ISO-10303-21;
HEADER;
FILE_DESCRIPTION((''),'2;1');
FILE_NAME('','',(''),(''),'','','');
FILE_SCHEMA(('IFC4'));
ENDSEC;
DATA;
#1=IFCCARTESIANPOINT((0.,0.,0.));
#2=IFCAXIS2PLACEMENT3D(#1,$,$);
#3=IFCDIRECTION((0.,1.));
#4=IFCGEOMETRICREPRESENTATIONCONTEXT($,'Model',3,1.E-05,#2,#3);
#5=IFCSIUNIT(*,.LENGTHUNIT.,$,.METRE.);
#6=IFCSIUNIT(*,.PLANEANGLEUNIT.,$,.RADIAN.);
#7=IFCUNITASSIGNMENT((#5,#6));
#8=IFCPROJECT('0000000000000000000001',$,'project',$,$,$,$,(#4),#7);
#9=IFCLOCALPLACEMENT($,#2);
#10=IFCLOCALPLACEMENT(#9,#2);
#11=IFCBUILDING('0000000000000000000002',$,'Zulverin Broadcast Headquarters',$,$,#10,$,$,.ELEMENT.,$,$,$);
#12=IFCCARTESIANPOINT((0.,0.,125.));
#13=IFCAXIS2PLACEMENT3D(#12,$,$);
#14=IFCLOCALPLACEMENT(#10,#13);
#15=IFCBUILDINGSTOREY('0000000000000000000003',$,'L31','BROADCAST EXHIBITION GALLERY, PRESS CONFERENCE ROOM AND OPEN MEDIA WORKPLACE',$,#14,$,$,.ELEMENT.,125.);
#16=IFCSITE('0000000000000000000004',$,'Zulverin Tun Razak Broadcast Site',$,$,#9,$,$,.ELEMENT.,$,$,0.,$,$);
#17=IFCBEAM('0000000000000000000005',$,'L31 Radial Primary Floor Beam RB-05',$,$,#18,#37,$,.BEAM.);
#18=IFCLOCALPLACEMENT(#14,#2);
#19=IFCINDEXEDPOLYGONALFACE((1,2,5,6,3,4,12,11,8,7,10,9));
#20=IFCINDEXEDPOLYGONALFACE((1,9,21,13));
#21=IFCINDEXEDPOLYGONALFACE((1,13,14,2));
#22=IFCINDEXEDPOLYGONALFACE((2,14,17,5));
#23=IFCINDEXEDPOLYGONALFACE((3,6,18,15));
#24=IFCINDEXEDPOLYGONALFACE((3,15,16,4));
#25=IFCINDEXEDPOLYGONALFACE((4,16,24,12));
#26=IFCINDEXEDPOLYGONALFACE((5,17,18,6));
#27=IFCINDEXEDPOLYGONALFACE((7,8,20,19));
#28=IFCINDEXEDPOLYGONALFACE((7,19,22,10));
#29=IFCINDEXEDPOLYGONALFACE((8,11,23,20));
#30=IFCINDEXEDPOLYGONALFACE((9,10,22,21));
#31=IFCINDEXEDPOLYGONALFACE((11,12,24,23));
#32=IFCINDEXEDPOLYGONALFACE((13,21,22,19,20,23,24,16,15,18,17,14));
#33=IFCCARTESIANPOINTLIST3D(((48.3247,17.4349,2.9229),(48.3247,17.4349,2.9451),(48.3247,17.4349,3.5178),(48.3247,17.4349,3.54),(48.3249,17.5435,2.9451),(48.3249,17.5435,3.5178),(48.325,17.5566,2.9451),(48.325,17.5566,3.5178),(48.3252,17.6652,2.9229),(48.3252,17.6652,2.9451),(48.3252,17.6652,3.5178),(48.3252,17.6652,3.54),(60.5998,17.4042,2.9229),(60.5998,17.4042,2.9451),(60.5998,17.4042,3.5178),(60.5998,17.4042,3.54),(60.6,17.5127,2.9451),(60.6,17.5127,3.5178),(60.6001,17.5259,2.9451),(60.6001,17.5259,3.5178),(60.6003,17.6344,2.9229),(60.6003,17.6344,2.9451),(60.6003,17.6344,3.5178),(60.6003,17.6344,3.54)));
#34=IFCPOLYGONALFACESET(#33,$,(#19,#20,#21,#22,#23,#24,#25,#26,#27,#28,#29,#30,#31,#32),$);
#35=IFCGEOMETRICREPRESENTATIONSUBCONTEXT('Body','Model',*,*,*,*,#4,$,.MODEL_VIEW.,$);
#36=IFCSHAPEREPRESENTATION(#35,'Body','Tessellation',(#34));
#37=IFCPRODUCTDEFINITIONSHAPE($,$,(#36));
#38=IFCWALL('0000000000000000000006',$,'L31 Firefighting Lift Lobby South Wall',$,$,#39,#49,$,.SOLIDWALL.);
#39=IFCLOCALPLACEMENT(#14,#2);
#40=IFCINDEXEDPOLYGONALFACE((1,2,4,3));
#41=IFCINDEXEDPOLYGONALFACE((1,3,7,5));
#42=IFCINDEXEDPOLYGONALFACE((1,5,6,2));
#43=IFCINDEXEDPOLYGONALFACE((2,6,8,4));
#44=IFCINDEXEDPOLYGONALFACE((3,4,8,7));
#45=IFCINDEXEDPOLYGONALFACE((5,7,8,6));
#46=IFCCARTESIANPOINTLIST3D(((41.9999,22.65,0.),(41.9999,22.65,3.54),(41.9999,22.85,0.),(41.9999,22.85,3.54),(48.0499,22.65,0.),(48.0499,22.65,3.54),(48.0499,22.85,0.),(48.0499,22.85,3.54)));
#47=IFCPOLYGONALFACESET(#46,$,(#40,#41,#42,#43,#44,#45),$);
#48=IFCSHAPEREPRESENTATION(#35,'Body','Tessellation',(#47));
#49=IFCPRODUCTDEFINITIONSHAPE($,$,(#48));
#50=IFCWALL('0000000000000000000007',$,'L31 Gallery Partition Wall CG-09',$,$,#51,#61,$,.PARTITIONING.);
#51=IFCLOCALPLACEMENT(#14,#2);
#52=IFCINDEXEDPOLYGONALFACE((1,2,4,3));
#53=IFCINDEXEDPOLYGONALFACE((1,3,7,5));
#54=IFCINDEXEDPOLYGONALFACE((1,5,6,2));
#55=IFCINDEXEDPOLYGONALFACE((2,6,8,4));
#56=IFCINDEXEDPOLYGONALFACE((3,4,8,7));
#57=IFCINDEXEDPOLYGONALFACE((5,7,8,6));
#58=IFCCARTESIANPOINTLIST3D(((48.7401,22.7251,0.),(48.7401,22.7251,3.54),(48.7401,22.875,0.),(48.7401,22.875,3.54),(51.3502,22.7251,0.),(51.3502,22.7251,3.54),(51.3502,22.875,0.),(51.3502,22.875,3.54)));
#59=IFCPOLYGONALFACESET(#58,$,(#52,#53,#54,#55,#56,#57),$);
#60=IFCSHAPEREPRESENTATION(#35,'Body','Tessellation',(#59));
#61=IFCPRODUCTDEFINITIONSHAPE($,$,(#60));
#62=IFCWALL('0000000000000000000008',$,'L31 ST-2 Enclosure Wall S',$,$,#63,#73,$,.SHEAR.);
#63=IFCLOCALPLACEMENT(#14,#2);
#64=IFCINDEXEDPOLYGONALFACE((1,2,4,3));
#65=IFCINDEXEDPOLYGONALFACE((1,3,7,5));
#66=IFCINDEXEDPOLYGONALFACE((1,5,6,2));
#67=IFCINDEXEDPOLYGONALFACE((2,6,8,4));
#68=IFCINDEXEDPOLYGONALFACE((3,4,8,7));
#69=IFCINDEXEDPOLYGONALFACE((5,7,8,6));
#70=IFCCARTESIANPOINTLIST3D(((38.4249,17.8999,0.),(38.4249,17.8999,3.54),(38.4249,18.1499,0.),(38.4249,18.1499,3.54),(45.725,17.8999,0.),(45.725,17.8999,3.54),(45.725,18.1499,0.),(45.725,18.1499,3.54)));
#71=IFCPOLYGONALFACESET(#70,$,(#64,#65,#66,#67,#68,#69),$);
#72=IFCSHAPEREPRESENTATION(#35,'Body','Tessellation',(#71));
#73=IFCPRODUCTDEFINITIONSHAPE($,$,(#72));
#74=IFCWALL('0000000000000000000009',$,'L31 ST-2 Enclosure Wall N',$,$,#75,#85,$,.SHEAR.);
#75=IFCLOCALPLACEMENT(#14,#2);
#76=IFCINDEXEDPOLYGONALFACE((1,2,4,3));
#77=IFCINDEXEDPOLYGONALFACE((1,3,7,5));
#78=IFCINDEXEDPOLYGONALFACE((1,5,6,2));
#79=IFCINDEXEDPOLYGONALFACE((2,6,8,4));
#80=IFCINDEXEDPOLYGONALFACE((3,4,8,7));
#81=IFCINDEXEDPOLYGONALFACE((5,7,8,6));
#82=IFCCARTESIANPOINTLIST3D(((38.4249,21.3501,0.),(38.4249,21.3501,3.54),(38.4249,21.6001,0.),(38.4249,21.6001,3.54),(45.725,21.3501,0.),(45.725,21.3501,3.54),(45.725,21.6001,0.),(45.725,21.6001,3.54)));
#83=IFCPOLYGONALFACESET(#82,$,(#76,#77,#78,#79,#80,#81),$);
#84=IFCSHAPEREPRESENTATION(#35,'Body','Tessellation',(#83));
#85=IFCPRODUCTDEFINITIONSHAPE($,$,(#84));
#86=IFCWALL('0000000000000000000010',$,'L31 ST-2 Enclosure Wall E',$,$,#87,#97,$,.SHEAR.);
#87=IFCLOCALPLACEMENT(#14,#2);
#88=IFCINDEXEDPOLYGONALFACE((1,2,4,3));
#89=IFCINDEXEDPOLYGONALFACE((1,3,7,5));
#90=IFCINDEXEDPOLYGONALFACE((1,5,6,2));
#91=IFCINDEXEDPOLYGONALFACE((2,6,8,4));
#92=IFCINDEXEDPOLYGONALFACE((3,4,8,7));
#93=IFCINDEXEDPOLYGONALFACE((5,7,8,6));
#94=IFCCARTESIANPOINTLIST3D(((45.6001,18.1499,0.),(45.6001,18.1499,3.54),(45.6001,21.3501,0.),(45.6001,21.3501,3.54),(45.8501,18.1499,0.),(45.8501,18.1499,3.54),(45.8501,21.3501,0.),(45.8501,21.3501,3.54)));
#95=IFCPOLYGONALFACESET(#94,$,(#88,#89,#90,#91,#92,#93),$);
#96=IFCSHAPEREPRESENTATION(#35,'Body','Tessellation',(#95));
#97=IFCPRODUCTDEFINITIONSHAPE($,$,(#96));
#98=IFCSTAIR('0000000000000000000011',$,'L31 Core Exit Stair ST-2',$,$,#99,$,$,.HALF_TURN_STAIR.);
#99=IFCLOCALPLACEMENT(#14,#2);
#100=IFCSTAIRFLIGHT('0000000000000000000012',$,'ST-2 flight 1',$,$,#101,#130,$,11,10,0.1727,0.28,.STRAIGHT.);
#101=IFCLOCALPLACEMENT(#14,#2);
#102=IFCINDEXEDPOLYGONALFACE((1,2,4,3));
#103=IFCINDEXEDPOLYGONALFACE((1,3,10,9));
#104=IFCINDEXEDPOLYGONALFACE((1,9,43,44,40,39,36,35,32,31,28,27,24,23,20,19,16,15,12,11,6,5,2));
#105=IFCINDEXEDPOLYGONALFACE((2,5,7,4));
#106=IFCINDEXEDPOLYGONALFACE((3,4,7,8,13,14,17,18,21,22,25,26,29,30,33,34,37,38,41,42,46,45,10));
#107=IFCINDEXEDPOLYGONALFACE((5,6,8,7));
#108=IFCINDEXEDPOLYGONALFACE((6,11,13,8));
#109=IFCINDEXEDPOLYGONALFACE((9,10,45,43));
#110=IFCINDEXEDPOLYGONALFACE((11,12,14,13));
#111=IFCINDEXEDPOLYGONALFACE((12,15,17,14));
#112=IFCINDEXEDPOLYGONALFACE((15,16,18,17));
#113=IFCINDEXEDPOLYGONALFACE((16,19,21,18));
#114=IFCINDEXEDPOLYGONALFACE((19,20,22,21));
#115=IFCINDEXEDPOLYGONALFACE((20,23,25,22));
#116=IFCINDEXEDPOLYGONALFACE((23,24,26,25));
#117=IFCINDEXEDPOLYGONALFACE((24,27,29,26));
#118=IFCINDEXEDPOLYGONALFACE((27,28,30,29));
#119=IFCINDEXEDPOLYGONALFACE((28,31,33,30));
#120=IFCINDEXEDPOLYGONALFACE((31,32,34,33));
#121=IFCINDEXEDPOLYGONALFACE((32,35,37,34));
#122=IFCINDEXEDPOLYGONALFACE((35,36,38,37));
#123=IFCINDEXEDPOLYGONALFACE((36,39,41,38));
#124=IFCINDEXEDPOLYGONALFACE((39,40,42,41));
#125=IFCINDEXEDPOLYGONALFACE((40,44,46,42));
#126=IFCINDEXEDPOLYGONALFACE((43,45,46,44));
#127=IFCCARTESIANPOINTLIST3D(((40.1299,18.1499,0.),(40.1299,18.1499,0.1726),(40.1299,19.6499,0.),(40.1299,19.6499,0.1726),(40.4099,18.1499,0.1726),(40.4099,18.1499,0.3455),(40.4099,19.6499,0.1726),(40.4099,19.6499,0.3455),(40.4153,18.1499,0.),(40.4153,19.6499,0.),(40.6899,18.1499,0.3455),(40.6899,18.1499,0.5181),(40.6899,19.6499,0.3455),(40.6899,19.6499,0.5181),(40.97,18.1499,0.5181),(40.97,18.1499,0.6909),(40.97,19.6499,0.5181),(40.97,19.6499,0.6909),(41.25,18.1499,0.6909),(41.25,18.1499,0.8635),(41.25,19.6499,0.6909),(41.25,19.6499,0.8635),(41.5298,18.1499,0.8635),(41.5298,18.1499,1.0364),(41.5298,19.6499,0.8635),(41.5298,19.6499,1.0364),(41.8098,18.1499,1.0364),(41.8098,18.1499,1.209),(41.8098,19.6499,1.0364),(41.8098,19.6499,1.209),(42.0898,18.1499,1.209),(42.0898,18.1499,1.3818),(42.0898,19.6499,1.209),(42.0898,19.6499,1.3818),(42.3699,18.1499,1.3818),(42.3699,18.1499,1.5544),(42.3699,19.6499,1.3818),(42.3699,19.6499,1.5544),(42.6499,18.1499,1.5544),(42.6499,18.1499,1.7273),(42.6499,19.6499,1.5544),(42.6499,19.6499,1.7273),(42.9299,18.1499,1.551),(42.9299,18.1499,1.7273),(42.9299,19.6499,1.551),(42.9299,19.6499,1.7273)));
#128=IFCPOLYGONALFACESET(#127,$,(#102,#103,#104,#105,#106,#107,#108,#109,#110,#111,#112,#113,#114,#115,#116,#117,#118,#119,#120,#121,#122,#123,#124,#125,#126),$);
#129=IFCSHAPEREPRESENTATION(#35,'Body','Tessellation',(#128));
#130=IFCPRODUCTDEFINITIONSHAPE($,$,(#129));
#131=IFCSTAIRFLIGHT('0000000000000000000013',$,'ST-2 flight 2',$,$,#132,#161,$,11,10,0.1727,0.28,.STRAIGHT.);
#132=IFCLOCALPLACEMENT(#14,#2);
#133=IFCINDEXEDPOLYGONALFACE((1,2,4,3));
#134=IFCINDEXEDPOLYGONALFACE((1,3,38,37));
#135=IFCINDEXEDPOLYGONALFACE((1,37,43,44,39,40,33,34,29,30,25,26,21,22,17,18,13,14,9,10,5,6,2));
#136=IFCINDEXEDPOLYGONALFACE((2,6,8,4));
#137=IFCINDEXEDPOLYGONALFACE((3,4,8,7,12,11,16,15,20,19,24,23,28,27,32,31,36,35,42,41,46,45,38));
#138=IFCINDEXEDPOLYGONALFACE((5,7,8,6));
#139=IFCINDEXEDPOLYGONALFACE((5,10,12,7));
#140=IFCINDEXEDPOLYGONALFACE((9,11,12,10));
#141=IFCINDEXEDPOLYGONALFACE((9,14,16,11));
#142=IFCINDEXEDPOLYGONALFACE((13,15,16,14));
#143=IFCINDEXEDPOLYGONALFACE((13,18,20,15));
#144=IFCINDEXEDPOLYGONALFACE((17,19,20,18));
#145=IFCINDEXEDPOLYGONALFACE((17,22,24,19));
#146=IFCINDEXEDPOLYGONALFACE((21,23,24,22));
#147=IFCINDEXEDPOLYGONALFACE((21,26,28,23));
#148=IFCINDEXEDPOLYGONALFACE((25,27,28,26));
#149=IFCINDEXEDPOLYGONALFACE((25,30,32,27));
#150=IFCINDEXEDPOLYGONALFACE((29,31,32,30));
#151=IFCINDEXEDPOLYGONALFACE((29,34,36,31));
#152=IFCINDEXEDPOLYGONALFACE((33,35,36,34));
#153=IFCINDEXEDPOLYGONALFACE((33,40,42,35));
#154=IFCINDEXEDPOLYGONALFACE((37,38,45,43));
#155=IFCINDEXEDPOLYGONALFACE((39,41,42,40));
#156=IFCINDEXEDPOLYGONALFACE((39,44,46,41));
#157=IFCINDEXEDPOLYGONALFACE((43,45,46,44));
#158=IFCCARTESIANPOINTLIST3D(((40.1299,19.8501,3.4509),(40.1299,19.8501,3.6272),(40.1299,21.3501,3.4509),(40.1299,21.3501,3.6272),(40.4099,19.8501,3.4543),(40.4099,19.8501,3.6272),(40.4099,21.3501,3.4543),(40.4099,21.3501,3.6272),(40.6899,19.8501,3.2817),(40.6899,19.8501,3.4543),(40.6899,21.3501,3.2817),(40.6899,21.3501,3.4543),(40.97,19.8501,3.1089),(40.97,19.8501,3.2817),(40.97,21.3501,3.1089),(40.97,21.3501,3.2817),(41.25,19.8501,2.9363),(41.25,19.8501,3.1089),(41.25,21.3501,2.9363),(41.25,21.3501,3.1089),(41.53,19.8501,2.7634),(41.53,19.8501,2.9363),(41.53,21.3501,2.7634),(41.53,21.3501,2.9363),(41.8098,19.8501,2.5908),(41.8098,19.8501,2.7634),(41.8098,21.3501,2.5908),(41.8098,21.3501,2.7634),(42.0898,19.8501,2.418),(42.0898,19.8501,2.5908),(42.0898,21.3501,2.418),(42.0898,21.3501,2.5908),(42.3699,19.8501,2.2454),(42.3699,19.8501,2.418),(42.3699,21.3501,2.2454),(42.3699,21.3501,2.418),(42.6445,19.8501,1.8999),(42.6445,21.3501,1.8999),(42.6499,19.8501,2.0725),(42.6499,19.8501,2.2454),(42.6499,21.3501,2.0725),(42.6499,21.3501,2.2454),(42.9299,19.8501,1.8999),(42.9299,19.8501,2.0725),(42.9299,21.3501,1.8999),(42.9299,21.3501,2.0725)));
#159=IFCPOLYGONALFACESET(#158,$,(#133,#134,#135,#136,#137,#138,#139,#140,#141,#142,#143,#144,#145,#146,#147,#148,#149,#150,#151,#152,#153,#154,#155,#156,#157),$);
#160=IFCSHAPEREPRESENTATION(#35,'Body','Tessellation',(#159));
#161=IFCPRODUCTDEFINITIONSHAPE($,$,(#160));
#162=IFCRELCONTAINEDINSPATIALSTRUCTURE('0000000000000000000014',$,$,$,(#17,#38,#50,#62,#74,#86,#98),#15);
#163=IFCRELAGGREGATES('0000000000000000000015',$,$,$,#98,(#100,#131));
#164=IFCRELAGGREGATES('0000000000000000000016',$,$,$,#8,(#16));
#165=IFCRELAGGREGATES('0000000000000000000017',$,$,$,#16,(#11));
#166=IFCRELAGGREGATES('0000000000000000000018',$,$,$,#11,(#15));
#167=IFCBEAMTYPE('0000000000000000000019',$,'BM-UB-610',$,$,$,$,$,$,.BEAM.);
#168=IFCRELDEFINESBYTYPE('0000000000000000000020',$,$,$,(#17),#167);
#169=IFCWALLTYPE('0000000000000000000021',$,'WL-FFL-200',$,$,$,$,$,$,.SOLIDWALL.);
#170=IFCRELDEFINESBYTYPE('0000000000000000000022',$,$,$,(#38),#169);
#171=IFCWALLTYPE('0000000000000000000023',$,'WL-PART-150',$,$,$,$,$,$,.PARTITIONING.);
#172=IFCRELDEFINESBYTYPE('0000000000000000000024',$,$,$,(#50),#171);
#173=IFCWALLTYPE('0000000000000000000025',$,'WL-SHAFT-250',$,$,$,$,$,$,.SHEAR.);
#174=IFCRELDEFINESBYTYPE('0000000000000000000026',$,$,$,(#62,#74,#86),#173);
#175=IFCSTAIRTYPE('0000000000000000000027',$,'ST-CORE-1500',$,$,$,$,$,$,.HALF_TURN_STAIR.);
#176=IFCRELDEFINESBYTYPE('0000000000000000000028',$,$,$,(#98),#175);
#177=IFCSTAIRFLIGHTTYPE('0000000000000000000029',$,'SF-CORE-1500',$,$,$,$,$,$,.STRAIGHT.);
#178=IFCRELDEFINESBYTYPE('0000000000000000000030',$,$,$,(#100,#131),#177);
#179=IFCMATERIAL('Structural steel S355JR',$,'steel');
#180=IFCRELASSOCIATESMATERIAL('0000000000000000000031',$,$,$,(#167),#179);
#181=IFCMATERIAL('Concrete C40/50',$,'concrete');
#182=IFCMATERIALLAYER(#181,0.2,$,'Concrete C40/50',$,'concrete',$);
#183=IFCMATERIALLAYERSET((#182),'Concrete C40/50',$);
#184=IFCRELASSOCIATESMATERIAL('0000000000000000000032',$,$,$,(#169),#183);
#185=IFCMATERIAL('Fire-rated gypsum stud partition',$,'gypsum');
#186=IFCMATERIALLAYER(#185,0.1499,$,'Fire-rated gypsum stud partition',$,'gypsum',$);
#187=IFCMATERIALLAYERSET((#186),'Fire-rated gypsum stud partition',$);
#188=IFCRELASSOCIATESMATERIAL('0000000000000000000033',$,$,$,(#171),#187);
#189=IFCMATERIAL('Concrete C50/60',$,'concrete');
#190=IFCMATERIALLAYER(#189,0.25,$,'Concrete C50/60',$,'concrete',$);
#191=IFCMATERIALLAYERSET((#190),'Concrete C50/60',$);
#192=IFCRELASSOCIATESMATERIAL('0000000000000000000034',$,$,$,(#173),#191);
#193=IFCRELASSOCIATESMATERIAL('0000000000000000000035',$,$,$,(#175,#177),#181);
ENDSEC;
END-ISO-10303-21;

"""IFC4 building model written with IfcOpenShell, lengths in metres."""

from ifc_helpers import new_model, si_unit, direction, frame, frame_2d, origin, origin_2d, place, context, subcontext, project, spatial, polyline, rectangle, i_section, outline, extrude, material, layer, layer_set, material_profile, profile_set, type_object, element, aggregate, save


model = new_model("IFC4")

# Units and contexts
model_context = context("Model", 3, precision=1e-05, world=origin(), true_north=direction((0.0, 1.0)))
body_context = subcontext(model_context, "Body", "Model", "MODEL_VIEW")
ifc_project = project(units=[si_unit("LENGTHUNIT", "METRE"), si_unit("PLANEANGLEUNIT", "RADIAN")], contexts=[model_context])

# Site, building, storey
site_placement = place(None, origin())
site = spatial("IfcSite", under=ifc_project, at=site_placement, Name="Zulverin Tun Razak Broadcast Site", CompositionType="ELEMENT", RefElevation=0.0)
building_placement = place(site_placement, origin())
building = spatial("IfcBuilding", under=site, at=building_placement, Name="Zulverin Broadcast Headquarters", CompositionType="ELEMENT")
storey_placement = place(building_placement, frame((0.0, 0.0, 125.0)))
storey = spatial("IfcBuildingStorey", under=building, at=storey_placement, Name="L31", Description="BROADCAST EXHIBITION GALLERY, PRESS CONFERENCE ROOM AND OPEN MEDIA WORKPLACE", CompositionType="ELEMENT", Elevation=125.0)

# Beam
ifc_material_1 = material(Name="Structural steel S355JR", Category="steel")
ifc_material_profile = material_profile(ifc_material_1, i_section(OverallWidth=0.2302, OverallDepth=0.6172, WebThickness=0.0132, FlangeThickness=0.0222, at=origin_2d()), Name="Structural steel S355JR", Category="steel")
ifc_profile_set = profile_set([ifc_material_profile], Name="Structural steel S355JR")
beam_type = type_object("IfcBeamType", Name="BM-UB-610", PredefinedType="BEAM", material=ifc_profile_set)
beam_placement = place(storey_placement, frame((48.325, 17.55, 3.2314), z_axis=(0.999997, -0.002506, 0.0), x_axis=(0.002506, 0.999997, 0.0)))
element("IfcBeam", 1, at=beam_placement, inside=storey, type_object=beam_type, Name="L31 Radial Primary Floor Beam RB-05", PredefinedType="BEAM", context=body_context, shape_type="SweptSolid", body=[
    extrude(i_section(OverallWidth=0.2302, OverallDepth=0.6172, WebThickness=0.0132, FlangeThickness=0.0222, at=origin_2d()), origin(), (0.0, 0.0, 1.0), 12.2751),
])

# Shared definitions
ifc_material_2 = material(Name="Concrete C40/50", Category="concrete")
ifc_layer_1 = layer(ifc_material_2, 0.2, Name="Concrete C40/50", Category="concrete")
ifc_layer_set_1 = layer_set([ifc_layer_1], Name="Concrete C40/50")
wall_type_1 = type_object("IfcWallType", Name="WL-FFL-200", PredefinedType="SOLIDWALL", material=ifc_layer_set_1)

# Walls
wall_1_placement = place(storey_placement, frame((42.0, 22.75, 0.0), z_axis=(0.0, 0.0, 1.0), x_axis=(1.0, 0.0, 0.0)))
element("IfcWall", 2, at=wall_1_placement, inside=storey, type_object=wall_type_1, Name="L31 Firefighting Lift Lobby South Wall", PredefinedType="SOLIDWALL", context=body_context, shape_type="SweptSolid", body=[
    extrude(rectangle(XDim=6.05, YDim=0.2, at=frame_2d((3.0249, 0.0))), origin(), (0.0, 0.0, 1.0), 3.54),
])
ifc_material_3 = material(Name="Fire-rated gypsum stud partition", Category="gypsum")
ifc_layer_2 = layer(ifc_material_3, 0.1499, Name="Fire-rated gypsum stud partition", Category="gypsum")
ifc_layer_set_2 = layer_set([ifc_layer_2], Name="Fire-rated gypsum stud partition")
wall_type_2 = type_object("IfcWallType", Name="WL-PART-150", PredefinedType="PARTITIONING", material=ifc_layer_set_2)
wall_2_placement = place(storey_placement, frame((48.74, 22.8, 0.0), z_axis=(0.0, 0.0, 1.0), x_axis=(1.0, 0.0, 0.0)))
element("IfcWall", 3, at=wall_2_placement, inside=storey, type_object=wall_type_2, Name="L31 Gallery Partition Wall CG-09", PredefinedType="PARTITIONING", context=body_context, shape_type="SweptSolid", body=[
    extrude(rectangle(XDim=2.6101, YDim=0.1499, at=frame_2d((1.3052, 0.0))), origin(), (0.0, 0.0, 1.0), 3.54),
])
ifc_material_4 = material(Name="Concrete C50/60", Category="concrete")
ifc_layer_3 = layer(ifc_material_4, 0.25, Name="Concrete C50/60", Category="concrete")
ifc_layer_set_3 = layer_set([ifc_layer_3], Name="Concrete C50/60")
wall_type_3 = type_object("IfcWallType", Name="WL-SHAFT-250", PredefinedType="SHEAR", material=ifc_layer_set_3)
for number, where, z_axis, x_axis, name in (
    (4, (38.425, 18.0249, 0.0), (0.0, 0.0, 1.0), (1.0, 0.0, 0.0), "L31 ST-2 Enclosure Wall S"),
    (5, (38.425, 21.4751, 0.0), (0.0, 0.0, 1.0), (1.0, 0.0, 0.0), "L31 ST-2 Enclosure Wall N"),
):
    element("IfcWall", number, at=place(storey_placement, frame(where, z_axis=z_axis, x_axis=x_axis)), inside=storey, type_object=wall_type_3, Name=name, PredefinedType="SHEAR", context=body_context, shape_type="SweptSolid", body=[
        extrude(rectangle(XDim=7.3, YDim=0.25, at=frame_2d((3.6499, 0.0))), origin(), (0.0, 0.0, 1.0), 3.54),
    ])

# Wall
wall_3_placement = place(storey_placement, frame((45.7251, 18.1499, 0.0), z_axis=(0.0, 0.0, 1.0), x_axis=(0.0, 1.0, 0.0)))
element("IfcWall", 6, at=wall_3_placement, inside=storey, type_object=wall_type_3, Name="L31 ST-2 Enclosure Wall E", PredefinedType="SHEAR", context=body_context, shape_type="SweptSolid", body=[
    extrude(rectangle(XDim=3.2002, YDim=0.25, at=frame_2d((1.6001, 0.0))), origin(), (0.0, 0.0, 1.0), 3.54),
])

# Stair, stair flights
stair_type_1 = type_object("IfcStairType", Name="ST-CORE-1500", PredefinedType="HALF_TURN_STAIR", material=ifc_material_2)
stair_1_placement = place(storey_placement, origin())
stair_1 = element("IfcStair", 7, at=stair_1_placement, inside=storey, type_object=stair_type_1, Name="L31 Core Exit Stair ST-2", PredefinedType="HALF_TURN_STAIR")
stair_flight_type_1 = type_object("IfcStairFlightType", Name="SF-CORE-1500", PredefinedType="STRAIGHT", material=ifc_material_2)
stair_flight_1_placement = place(storey_placement, frame((40.1299, 18.8999, 0.0), z_axis=(0.0, 0.0, 1.0), x_axis=(1.0, 0.0, 0.0)))
stair_flight_1 = element("IfcStairFlight", 8, at=stair_flight_1_placement, type_object=stair_flight_type_1, Name="ST-2 flight 1", NumberOfRisers=11, NumberOfTreads=10, PredefinedType="STRAIGHT", RiserHeight=0.1727, TreadLength=0.28, context=body_context, shape_type="SweptSolid", body=[
    extrude(outline(polyline([(0.0, 0.0), (0.0, 0.1726), (0.28, 0.1726), (0.28, 0.3455), (0.5601, 0.3455), (0.5601, 0.5181), (0.8401, 0.5181), (0.8401, 0.6909), (1.1201, 0.6909), (1.1201, 0.8635), (1.3999, 0.8635), (1.3999, 1.0364), (1.6799, 1.0364), (1.6799, 1.209), (1.96, 1.209), (1.96, 1.3818), (2.24, 1.3818), (2.24, 1.5544), (2.52, 1.5544), (2.52, 1.7273), (2.8, 1.7273), (2.8, 1.8999), (2.8, 1.551), (0.2854, 0.0), (0.0, 0.0)])), frame((0.0, 0.75, 0.0), z_axis=(0.0, -1.0, 0.0), x_axis=(1.0, 0.0, 0.0)), (0.0, 0.0, 1.0), 1.5),
])
stair_flight_2_placement = place(storey_placement, frame((42.9299, 20.6001, 1.8999), z_axis=(0.0, 0.0, 1.0), x_axis=(-1.0, 0.0, 0.0)))
stair_flight_2 = element("IfcStairFlight", 9, at=stair_flight_2_placement, type_object=stair_flight_type_1, Name="ST-2 flight 2", NumberOfRisers=11, NumberOfTreads=10, PredefinedType="STRAIGHT", RiserHeight=0.1727, TreadLength=0.28, context=body_context, shape_type="SweptSolid", body=[
    extrude(outline(polyline([(0.0, 0.0), (0.0, 0.1726), (0.28, 0.1726), (0.28, 0.3455), (0.5601, 0.3455), (0.5601, 0.5181), (0.8401, 0.5181), (0.8401, 0.6909), (1.1201, 0.6909), (1.1201, 0.8635), (1.3999, 0.8635), (1.3999, 1.0364), (1.6799, 1.0364), (1.6799, 1.209), (1.96, 1.209), (1.96, 1.3818), (2.24, 1.3818), (2.24, 1.5544), (2.52, 1.5544), (2.52, 1.7273), (2.8, 1.7273), (2.8, 1.8999), (2.8, 1.551), (0.2854, 0.0), (0.0, 0.0)])), frame((0.0, 0.75, 0.0), z_axis=(0.0, -1.0, 0.0), x_axis=(1.0, 0.0, 0.0)), (0.0, 0.0, 1.0), 1.5),
])
aggregate(stair_1, [stair_flight_1, stair_flight_2])

save(model, "model.ifc")
